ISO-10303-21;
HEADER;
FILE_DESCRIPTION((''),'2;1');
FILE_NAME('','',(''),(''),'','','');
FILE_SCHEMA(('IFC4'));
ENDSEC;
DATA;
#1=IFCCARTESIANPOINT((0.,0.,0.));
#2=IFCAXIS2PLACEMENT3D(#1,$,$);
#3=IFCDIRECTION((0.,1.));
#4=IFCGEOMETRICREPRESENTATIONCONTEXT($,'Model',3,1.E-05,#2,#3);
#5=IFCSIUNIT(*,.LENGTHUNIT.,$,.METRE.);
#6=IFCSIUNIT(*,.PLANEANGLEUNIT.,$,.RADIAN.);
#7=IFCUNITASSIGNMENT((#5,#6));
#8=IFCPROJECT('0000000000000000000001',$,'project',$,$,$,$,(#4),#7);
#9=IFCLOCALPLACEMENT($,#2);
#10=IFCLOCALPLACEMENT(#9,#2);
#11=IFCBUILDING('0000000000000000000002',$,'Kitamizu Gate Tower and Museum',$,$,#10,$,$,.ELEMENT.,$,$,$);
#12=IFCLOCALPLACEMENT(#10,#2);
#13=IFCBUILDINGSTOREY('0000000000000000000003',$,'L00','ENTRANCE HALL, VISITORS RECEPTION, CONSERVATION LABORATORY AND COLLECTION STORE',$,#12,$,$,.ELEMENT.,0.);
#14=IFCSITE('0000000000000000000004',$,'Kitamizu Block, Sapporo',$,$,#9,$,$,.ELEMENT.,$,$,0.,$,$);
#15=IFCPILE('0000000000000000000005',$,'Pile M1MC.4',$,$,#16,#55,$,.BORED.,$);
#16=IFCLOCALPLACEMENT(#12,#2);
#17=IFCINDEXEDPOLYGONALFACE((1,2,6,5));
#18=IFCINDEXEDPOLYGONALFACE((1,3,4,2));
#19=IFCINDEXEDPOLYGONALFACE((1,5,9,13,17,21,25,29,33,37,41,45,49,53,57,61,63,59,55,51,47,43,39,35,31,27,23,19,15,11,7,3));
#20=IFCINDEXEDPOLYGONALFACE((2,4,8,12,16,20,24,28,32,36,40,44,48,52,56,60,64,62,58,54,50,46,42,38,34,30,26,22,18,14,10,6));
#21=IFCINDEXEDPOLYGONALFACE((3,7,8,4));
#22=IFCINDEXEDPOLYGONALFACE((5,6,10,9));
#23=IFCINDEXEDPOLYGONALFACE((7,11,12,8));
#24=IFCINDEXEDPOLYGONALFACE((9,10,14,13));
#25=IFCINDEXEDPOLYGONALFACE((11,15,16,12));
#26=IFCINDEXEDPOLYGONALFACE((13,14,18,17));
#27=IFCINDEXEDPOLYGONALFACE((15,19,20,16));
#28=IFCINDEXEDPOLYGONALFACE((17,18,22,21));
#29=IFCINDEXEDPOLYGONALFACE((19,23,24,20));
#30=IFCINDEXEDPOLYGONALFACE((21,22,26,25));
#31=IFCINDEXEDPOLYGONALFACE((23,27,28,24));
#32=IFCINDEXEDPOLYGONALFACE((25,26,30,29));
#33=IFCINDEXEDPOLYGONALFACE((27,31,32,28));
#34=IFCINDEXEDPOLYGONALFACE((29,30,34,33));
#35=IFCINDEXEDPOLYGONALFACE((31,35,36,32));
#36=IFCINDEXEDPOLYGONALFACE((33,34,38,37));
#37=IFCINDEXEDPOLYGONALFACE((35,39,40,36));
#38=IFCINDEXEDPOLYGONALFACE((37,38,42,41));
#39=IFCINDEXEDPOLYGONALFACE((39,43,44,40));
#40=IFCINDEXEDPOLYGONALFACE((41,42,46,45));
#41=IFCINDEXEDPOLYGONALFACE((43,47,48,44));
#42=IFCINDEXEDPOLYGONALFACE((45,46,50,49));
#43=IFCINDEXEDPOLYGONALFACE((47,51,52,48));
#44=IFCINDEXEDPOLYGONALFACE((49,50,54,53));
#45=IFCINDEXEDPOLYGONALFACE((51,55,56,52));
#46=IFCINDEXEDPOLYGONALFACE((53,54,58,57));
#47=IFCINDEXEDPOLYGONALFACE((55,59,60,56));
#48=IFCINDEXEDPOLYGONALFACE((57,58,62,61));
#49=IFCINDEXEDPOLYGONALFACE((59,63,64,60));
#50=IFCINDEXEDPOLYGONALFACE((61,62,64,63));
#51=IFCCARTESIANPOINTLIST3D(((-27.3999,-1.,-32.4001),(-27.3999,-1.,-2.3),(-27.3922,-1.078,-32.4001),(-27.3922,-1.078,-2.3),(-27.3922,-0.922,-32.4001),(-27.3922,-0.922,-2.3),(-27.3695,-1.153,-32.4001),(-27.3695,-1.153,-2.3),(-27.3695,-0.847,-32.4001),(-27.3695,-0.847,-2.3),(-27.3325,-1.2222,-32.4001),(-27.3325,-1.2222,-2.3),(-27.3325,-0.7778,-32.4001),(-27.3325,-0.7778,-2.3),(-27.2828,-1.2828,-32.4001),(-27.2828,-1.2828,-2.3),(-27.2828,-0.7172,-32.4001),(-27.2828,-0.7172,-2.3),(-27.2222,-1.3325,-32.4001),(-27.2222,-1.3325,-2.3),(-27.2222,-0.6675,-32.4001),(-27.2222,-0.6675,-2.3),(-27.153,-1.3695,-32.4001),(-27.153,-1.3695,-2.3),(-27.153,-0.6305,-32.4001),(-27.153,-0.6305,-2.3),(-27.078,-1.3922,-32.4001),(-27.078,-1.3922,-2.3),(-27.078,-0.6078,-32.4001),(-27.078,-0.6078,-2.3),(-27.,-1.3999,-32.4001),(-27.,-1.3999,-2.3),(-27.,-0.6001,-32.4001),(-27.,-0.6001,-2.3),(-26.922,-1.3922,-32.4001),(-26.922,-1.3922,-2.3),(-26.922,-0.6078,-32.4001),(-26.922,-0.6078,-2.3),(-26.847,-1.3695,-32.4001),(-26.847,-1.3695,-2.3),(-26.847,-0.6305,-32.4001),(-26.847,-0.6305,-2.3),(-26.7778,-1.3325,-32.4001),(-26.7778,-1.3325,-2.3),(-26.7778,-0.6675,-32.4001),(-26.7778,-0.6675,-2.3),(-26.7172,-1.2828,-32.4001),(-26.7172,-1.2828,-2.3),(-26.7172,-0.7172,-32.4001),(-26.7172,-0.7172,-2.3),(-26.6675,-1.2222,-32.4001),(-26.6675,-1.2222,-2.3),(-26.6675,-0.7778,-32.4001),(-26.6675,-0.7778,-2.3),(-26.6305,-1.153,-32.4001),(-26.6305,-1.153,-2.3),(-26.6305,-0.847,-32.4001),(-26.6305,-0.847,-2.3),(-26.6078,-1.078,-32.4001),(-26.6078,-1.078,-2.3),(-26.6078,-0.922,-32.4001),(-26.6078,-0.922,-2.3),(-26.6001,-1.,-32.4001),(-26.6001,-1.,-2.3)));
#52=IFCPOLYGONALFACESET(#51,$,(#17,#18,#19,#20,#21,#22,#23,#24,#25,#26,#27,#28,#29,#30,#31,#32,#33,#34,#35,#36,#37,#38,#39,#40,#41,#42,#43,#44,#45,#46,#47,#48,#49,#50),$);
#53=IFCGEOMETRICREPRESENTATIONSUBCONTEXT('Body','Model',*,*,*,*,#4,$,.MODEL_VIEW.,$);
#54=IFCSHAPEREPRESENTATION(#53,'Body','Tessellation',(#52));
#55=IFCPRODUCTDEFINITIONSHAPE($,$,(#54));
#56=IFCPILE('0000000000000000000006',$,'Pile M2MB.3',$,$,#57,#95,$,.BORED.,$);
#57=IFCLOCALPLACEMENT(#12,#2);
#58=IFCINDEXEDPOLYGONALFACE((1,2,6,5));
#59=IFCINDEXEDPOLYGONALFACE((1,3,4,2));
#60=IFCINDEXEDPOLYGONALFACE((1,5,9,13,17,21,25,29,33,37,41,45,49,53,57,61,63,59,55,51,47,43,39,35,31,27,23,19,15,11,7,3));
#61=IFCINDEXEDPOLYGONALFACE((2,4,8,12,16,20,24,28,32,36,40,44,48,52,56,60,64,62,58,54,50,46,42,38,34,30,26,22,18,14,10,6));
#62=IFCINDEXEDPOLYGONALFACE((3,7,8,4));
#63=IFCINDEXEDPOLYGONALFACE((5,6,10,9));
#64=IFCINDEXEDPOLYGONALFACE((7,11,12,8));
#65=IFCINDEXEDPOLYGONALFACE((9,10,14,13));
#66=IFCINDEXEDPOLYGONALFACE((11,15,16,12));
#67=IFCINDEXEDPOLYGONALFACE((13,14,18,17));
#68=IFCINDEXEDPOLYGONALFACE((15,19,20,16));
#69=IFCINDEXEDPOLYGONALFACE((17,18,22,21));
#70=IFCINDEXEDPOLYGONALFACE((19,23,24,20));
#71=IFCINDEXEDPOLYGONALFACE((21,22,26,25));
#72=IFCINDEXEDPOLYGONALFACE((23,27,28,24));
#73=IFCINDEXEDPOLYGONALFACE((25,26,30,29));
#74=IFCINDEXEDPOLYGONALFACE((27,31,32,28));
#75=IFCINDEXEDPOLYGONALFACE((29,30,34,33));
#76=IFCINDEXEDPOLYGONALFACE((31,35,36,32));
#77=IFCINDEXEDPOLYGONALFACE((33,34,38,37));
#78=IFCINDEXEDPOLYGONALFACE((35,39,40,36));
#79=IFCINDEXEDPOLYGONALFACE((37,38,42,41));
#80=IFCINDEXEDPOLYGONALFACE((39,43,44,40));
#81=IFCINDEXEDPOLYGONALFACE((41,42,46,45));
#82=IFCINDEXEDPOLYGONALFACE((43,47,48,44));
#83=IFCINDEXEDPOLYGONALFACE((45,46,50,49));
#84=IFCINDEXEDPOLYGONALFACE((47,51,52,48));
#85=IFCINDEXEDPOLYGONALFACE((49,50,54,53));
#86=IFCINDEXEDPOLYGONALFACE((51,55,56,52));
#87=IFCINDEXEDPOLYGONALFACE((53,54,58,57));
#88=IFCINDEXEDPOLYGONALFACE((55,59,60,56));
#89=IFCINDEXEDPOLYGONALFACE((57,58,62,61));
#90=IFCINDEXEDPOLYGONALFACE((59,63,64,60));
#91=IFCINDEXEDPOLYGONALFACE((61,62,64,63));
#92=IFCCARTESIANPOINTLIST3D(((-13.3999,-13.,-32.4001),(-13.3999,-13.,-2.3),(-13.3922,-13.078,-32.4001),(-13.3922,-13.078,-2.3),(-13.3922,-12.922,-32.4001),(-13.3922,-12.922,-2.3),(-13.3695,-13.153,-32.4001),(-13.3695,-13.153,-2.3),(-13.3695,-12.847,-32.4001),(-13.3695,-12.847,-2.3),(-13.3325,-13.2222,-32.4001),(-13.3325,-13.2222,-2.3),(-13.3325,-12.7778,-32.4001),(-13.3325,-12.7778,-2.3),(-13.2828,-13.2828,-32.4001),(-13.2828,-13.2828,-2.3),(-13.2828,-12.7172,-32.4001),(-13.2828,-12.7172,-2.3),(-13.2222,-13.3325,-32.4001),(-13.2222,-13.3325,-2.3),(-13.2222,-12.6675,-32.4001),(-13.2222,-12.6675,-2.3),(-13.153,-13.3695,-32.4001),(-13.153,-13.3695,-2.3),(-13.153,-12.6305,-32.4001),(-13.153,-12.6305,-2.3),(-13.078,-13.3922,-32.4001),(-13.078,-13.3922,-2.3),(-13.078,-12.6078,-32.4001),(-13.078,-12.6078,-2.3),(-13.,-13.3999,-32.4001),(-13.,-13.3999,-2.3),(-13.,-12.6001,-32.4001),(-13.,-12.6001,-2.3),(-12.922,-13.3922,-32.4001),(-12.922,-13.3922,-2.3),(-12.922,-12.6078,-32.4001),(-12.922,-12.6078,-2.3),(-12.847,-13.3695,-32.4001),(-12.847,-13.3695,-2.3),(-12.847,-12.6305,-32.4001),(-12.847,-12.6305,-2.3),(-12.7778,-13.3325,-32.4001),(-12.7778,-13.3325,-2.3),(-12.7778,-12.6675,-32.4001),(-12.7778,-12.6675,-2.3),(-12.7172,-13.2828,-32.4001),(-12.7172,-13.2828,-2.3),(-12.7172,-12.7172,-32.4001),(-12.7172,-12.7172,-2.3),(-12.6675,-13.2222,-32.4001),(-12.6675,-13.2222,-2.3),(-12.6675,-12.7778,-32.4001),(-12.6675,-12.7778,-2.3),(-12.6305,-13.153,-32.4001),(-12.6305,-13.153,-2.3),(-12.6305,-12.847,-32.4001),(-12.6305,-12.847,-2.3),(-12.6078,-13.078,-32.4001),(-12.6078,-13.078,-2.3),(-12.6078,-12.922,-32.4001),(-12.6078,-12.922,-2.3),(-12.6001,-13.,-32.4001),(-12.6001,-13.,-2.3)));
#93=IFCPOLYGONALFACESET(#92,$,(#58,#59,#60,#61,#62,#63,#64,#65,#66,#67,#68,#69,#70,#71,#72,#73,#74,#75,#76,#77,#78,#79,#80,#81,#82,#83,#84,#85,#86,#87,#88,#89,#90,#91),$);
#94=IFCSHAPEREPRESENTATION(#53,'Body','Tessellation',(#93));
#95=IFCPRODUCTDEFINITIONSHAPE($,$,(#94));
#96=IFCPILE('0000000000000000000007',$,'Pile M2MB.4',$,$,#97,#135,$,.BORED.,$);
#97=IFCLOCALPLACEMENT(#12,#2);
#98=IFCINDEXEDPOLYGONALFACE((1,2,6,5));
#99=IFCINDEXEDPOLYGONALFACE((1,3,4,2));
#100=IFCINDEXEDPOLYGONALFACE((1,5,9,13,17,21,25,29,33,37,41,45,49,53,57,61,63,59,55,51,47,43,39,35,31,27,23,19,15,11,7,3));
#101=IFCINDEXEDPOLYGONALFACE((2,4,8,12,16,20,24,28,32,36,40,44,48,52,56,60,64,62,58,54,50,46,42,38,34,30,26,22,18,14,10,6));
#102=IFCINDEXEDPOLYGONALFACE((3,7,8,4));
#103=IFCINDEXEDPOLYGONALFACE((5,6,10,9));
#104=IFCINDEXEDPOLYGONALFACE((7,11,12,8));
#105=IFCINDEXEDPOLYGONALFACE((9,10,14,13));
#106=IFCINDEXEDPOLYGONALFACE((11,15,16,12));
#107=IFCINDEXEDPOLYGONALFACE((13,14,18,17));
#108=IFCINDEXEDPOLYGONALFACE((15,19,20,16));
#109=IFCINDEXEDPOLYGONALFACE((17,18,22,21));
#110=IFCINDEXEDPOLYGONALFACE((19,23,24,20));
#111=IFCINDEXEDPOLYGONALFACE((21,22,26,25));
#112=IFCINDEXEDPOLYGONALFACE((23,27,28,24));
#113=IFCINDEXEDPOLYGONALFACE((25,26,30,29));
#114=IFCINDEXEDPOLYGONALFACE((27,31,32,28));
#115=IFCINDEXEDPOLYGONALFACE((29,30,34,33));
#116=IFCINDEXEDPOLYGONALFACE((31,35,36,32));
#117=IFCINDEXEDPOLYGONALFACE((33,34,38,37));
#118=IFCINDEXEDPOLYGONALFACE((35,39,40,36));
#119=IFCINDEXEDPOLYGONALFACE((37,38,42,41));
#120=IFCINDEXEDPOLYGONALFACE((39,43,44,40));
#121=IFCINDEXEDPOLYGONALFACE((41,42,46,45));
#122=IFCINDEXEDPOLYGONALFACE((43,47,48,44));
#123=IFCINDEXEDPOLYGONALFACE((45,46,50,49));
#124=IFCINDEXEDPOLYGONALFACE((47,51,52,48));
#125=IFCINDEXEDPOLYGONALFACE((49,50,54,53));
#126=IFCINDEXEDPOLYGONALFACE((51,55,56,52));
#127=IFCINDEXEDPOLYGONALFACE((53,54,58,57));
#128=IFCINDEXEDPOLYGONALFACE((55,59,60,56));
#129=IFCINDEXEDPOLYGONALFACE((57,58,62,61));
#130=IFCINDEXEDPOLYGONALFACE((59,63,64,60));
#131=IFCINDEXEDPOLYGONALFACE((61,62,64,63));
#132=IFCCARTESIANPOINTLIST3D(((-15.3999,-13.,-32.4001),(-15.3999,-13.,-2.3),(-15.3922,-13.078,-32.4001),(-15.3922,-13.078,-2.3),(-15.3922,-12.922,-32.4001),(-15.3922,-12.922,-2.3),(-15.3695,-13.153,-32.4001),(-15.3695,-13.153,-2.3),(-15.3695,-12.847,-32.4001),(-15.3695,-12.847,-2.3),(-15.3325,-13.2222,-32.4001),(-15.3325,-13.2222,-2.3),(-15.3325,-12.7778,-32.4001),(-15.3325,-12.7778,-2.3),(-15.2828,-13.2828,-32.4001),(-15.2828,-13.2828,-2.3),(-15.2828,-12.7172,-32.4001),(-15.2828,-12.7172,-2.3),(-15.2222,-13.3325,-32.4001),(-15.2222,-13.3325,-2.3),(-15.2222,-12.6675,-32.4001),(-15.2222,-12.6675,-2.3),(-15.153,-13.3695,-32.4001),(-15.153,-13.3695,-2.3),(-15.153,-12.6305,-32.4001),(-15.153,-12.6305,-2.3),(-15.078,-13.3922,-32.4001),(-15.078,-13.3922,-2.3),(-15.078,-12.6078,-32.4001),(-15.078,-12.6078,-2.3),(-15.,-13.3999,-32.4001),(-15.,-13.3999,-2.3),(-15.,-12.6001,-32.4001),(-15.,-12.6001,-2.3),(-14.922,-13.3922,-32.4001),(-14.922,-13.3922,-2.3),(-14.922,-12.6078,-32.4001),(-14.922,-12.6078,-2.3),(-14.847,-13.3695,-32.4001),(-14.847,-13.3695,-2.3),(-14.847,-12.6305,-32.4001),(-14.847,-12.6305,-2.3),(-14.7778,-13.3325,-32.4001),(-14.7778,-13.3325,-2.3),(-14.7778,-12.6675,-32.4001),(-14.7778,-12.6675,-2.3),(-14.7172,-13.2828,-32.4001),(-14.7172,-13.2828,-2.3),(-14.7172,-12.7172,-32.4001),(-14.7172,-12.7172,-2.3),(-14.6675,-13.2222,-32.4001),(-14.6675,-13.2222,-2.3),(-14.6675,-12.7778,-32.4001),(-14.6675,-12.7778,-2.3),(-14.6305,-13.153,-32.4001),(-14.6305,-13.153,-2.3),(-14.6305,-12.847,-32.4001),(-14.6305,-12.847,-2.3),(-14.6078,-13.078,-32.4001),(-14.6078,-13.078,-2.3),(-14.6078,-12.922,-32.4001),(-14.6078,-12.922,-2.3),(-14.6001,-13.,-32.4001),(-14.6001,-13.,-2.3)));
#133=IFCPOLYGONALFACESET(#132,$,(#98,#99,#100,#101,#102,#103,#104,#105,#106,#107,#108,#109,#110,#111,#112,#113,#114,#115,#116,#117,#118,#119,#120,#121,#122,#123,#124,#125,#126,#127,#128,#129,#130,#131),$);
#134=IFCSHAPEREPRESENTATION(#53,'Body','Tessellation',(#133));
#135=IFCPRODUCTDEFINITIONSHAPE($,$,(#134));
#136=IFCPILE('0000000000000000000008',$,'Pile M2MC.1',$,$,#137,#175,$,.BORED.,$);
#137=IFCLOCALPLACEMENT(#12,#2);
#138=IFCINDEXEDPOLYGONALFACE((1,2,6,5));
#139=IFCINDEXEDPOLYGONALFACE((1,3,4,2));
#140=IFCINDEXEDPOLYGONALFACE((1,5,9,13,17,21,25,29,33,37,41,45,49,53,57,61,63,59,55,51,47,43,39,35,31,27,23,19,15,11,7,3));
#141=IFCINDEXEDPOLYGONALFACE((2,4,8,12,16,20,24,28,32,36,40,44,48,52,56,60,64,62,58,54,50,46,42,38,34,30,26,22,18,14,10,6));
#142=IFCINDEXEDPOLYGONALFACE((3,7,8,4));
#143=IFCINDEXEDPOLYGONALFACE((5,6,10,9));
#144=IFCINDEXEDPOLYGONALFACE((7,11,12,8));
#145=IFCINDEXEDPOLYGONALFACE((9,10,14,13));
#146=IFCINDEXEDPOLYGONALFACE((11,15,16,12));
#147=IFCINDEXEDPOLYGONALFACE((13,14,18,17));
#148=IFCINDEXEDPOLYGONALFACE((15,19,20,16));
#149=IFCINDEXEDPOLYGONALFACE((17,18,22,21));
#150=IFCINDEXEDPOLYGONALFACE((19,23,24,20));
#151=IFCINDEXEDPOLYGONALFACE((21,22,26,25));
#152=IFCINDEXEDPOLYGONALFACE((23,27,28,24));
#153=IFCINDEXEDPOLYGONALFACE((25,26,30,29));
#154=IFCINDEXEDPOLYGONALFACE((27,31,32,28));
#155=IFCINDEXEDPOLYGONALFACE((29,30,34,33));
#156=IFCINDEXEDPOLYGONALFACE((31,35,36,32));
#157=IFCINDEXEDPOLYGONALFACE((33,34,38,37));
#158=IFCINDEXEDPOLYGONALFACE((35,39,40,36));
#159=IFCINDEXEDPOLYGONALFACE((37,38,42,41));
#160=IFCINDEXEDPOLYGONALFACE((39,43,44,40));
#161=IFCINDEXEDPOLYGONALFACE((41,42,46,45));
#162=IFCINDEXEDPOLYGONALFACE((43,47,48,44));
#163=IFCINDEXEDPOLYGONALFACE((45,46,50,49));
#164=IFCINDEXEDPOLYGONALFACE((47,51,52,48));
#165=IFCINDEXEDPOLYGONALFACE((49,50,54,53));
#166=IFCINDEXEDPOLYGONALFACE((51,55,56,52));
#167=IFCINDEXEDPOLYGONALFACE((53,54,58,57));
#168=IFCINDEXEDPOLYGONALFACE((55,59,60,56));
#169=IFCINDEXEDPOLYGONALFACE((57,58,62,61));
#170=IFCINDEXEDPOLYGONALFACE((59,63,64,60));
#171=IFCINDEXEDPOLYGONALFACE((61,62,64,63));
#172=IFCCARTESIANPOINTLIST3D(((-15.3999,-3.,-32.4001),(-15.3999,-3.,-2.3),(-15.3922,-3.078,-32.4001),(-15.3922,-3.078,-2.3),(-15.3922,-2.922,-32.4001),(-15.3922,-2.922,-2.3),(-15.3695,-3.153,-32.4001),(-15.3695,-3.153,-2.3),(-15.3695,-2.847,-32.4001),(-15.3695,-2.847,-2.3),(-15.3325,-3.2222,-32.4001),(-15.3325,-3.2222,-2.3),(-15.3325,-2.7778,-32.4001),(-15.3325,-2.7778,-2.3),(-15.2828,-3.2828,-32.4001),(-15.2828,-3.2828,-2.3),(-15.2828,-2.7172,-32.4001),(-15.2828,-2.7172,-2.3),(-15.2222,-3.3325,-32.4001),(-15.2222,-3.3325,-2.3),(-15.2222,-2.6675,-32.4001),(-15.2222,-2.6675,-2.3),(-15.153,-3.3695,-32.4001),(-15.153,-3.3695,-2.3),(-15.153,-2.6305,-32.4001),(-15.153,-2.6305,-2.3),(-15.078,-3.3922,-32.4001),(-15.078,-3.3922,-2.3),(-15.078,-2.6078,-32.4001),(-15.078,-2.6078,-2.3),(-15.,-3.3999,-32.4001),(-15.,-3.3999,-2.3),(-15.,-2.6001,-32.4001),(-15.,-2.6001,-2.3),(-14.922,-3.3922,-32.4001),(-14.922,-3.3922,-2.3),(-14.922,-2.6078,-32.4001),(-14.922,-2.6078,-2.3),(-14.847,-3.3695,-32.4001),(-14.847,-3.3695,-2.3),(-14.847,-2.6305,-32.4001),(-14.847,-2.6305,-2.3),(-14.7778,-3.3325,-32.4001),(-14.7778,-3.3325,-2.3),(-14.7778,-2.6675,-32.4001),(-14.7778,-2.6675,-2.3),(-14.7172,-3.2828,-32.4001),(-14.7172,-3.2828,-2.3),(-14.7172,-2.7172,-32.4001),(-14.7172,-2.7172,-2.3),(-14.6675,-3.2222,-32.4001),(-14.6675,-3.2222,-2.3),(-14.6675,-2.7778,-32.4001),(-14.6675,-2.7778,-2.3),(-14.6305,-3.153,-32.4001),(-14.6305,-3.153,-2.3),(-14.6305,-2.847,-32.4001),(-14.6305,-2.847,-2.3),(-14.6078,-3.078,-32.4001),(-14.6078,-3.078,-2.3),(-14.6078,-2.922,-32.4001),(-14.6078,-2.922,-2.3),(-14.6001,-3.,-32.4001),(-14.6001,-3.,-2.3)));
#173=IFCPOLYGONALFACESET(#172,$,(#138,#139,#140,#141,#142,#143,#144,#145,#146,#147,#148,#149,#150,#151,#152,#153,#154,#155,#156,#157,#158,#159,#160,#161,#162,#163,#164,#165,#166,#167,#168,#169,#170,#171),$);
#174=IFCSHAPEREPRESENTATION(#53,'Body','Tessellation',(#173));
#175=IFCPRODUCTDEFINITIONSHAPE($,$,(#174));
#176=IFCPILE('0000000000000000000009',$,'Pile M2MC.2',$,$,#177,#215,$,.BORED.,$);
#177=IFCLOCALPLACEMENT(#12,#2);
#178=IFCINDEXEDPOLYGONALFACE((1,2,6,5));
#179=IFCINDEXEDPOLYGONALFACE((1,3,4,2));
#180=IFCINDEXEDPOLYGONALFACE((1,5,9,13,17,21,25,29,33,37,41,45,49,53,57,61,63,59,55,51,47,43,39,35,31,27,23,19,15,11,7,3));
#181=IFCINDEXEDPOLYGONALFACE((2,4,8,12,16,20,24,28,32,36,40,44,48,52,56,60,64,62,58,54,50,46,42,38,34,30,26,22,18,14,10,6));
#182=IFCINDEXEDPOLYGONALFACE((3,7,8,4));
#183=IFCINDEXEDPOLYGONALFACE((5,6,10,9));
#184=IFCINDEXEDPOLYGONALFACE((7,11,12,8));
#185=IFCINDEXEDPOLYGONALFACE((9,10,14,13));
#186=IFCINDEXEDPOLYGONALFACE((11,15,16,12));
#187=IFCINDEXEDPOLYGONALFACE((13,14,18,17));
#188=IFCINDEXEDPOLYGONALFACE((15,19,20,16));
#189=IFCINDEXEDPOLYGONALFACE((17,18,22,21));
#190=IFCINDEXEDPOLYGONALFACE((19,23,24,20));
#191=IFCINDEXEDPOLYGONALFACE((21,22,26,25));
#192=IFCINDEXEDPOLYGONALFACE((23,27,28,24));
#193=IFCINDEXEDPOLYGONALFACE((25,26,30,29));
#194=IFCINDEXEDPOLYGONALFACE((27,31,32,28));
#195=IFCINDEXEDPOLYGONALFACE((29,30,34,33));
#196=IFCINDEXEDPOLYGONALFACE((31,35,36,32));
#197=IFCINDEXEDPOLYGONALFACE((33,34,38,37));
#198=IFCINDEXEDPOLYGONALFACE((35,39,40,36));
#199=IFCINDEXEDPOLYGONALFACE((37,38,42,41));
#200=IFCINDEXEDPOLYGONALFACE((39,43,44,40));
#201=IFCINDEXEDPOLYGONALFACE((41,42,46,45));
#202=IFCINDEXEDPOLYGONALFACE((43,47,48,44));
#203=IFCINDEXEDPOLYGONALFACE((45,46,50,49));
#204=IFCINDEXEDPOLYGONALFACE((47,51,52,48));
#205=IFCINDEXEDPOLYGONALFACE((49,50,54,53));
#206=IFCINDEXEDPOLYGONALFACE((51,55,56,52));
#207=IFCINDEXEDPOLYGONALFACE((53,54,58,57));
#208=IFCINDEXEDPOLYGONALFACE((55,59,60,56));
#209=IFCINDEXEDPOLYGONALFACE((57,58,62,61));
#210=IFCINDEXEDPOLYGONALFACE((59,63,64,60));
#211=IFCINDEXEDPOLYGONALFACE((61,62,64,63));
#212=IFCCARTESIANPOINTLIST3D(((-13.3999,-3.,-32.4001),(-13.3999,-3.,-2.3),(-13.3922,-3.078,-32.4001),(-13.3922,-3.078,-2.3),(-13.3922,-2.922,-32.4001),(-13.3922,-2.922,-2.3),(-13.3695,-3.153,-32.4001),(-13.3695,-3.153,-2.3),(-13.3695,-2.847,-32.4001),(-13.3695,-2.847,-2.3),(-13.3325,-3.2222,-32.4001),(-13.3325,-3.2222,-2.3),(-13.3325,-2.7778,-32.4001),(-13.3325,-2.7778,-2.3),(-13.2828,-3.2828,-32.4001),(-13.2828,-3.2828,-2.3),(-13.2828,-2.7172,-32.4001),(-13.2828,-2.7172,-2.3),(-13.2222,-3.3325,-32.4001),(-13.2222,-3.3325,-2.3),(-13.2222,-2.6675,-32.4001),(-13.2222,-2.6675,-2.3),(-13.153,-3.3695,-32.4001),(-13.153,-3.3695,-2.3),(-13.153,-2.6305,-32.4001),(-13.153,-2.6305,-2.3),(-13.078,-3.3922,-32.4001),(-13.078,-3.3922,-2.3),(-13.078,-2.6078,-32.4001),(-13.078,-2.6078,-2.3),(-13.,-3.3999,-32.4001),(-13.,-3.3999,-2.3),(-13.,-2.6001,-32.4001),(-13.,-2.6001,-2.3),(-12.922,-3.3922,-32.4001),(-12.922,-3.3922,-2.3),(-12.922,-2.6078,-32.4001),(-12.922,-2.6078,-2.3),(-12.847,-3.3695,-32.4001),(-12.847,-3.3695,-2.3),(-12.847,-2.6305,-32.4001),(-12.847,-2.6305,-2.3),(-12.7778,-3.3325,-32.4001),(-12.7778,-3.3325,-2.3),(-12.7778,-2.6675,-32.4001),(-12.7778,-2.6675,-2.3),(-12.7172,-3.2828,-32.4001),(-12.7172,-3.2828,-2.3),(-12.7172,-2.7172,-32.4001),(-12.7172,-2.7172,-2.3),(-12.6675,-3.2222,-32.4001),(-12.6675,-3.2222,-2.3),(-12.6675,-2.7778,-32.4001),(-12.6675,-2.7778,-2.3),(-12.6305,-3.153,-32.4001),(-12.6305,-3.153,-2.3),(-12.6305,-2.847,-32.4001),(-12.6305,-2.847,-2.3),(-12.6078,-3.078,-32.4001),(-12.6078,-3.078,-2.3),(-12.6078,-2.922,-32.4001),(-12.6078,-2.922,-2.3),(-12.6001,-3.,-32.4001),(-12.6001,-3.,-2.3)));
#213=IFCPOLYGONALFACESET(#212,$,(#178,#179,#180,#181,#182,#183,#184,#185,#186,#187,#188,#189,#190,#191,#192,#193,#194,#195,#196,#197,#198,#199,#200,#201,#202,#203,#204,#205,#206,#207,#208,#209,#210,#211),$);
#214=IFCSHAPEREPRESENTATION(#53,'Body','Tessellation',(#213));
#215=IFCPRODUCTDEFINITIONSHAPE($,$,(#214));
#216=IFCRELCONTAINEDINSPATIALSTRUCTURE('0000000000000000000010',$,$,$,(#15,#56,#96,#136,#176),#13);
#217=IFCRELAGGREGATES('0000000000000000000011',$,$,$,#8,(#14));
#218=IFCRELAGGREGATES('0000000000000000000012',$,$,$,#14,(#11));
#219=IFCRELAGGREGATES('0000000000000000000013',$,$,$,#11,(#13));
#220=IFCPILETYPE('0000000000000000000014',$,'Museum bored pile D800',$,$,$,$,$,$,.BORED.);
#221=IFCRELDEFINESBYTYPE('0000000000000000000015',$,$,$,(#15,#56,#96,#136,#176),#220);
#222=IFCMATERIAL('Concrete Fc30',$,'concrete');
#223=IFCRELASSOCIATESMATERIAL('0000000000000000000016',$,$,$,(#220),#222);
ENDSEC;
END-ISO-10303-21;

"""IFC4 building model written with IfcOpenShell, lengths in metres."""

from ifc_helpers import new_model, si_unit, direction, frame, origin, origin_2d, place, context, subcontext, project, spatial, circle, extrude, material, material_profile, profile_set, type_object, element, save


model = new_model("IFC4")

# Units and contexts
model_context = context("Model", 3, precision=1e-05, world=origin(), true_north=direction((0.0, 1.0)))
body_context = subcontext(model_context, "Body", "Model", "MODEL_VIEW")
ifc_project = project(units=[si_unit("LENGTHUNIT", "METRE"), si_unit("PLANEANGLEUNIT", "RADIAN")], contexts=[model_context])

# Site, building, storey
site_placement = place(None, origin())
site = spatial("IfcSite", under=ifc_project, at=site_placement, Name="Kitamizu Block, Sapporo", CompositionType="ELEMENT", RefElevation=0.0)
building_placement = place(site_placement, origin())
building = spatial("IfcBuilding", under=site, at=building_placement, Name="Kitamizu Gate Tower and Museum", CompositionType="ELEMENT")
storey_placement = place(building_placement, origin())
storey = spatial("IfcBuildingStorey", under=building, at=storey_placement, Name="L00", Description="ENTRANCE HALL, VISITORS RECEPTION, CONSERVATION LABORATORY AND COLLECTION STORE", CompositionType="ELEMENT", Elevation=0.0)

# Piles
ifc_material_1 = material(Name="Concrete Fc30", Category="concrete")
ifc_material_profile_1 = material_profile(ifc_material_1, circle(Radius=0.3999, at=origin_2d()), Name="D800")
ifc_profile_set_1 = profile_set([ifc_material_profile_1], Name="Concrete Fc30")
pile_type = type_object("IfcPileType", Name="Museum bored pile D800", PredefinedType="BORED", material=ifc_profile_set_1)
for number, where, z_axis, x_axis, name in (
    (1, (-27.0, -1.0, -2.3), (0.0, 0.0, -1.0), (1.0, 0.0, 0.0), "Pile M1MC.4"),
    (2, (-13.0, -13.0, -2.3), (0.0, 0.0, -1.0), (1.0, 0.0, 0.0), "Pile M2MB.3"),
    (3, (-15.0, -13.0, -2.3), (0.0, 0.0, -1.0), (1.0, 0.0, 0.0), "Pile M2MB.4"),
    (4, (-15.0, -3.0, -2.3), (0.0, 0.0, -1.0), (1.0, 0.0, 0.0), "Pile M2MC.1"),
    (5, (-13.0, -3.0, -2.3), (0.0, 0.0, -1.0), (1.0, 0.0, 0.0), "Pile M2MC.2"),
):
    element("IfcPile", number, at=place(storey_placement, frame(where, z_axis=z_axis, x_axis=x_axis)), inside=storey, type_object=pile_type, Name=name, PredefinedType="BORED", context=body_context, shape_type="SweptSolid", body=[
        extrude(circle(Radius=0.3999, at=origin_2d()), origin(), (0.0, 0.0, 1.0), 30.1001),
    ])

save(model, "model.ifc")
